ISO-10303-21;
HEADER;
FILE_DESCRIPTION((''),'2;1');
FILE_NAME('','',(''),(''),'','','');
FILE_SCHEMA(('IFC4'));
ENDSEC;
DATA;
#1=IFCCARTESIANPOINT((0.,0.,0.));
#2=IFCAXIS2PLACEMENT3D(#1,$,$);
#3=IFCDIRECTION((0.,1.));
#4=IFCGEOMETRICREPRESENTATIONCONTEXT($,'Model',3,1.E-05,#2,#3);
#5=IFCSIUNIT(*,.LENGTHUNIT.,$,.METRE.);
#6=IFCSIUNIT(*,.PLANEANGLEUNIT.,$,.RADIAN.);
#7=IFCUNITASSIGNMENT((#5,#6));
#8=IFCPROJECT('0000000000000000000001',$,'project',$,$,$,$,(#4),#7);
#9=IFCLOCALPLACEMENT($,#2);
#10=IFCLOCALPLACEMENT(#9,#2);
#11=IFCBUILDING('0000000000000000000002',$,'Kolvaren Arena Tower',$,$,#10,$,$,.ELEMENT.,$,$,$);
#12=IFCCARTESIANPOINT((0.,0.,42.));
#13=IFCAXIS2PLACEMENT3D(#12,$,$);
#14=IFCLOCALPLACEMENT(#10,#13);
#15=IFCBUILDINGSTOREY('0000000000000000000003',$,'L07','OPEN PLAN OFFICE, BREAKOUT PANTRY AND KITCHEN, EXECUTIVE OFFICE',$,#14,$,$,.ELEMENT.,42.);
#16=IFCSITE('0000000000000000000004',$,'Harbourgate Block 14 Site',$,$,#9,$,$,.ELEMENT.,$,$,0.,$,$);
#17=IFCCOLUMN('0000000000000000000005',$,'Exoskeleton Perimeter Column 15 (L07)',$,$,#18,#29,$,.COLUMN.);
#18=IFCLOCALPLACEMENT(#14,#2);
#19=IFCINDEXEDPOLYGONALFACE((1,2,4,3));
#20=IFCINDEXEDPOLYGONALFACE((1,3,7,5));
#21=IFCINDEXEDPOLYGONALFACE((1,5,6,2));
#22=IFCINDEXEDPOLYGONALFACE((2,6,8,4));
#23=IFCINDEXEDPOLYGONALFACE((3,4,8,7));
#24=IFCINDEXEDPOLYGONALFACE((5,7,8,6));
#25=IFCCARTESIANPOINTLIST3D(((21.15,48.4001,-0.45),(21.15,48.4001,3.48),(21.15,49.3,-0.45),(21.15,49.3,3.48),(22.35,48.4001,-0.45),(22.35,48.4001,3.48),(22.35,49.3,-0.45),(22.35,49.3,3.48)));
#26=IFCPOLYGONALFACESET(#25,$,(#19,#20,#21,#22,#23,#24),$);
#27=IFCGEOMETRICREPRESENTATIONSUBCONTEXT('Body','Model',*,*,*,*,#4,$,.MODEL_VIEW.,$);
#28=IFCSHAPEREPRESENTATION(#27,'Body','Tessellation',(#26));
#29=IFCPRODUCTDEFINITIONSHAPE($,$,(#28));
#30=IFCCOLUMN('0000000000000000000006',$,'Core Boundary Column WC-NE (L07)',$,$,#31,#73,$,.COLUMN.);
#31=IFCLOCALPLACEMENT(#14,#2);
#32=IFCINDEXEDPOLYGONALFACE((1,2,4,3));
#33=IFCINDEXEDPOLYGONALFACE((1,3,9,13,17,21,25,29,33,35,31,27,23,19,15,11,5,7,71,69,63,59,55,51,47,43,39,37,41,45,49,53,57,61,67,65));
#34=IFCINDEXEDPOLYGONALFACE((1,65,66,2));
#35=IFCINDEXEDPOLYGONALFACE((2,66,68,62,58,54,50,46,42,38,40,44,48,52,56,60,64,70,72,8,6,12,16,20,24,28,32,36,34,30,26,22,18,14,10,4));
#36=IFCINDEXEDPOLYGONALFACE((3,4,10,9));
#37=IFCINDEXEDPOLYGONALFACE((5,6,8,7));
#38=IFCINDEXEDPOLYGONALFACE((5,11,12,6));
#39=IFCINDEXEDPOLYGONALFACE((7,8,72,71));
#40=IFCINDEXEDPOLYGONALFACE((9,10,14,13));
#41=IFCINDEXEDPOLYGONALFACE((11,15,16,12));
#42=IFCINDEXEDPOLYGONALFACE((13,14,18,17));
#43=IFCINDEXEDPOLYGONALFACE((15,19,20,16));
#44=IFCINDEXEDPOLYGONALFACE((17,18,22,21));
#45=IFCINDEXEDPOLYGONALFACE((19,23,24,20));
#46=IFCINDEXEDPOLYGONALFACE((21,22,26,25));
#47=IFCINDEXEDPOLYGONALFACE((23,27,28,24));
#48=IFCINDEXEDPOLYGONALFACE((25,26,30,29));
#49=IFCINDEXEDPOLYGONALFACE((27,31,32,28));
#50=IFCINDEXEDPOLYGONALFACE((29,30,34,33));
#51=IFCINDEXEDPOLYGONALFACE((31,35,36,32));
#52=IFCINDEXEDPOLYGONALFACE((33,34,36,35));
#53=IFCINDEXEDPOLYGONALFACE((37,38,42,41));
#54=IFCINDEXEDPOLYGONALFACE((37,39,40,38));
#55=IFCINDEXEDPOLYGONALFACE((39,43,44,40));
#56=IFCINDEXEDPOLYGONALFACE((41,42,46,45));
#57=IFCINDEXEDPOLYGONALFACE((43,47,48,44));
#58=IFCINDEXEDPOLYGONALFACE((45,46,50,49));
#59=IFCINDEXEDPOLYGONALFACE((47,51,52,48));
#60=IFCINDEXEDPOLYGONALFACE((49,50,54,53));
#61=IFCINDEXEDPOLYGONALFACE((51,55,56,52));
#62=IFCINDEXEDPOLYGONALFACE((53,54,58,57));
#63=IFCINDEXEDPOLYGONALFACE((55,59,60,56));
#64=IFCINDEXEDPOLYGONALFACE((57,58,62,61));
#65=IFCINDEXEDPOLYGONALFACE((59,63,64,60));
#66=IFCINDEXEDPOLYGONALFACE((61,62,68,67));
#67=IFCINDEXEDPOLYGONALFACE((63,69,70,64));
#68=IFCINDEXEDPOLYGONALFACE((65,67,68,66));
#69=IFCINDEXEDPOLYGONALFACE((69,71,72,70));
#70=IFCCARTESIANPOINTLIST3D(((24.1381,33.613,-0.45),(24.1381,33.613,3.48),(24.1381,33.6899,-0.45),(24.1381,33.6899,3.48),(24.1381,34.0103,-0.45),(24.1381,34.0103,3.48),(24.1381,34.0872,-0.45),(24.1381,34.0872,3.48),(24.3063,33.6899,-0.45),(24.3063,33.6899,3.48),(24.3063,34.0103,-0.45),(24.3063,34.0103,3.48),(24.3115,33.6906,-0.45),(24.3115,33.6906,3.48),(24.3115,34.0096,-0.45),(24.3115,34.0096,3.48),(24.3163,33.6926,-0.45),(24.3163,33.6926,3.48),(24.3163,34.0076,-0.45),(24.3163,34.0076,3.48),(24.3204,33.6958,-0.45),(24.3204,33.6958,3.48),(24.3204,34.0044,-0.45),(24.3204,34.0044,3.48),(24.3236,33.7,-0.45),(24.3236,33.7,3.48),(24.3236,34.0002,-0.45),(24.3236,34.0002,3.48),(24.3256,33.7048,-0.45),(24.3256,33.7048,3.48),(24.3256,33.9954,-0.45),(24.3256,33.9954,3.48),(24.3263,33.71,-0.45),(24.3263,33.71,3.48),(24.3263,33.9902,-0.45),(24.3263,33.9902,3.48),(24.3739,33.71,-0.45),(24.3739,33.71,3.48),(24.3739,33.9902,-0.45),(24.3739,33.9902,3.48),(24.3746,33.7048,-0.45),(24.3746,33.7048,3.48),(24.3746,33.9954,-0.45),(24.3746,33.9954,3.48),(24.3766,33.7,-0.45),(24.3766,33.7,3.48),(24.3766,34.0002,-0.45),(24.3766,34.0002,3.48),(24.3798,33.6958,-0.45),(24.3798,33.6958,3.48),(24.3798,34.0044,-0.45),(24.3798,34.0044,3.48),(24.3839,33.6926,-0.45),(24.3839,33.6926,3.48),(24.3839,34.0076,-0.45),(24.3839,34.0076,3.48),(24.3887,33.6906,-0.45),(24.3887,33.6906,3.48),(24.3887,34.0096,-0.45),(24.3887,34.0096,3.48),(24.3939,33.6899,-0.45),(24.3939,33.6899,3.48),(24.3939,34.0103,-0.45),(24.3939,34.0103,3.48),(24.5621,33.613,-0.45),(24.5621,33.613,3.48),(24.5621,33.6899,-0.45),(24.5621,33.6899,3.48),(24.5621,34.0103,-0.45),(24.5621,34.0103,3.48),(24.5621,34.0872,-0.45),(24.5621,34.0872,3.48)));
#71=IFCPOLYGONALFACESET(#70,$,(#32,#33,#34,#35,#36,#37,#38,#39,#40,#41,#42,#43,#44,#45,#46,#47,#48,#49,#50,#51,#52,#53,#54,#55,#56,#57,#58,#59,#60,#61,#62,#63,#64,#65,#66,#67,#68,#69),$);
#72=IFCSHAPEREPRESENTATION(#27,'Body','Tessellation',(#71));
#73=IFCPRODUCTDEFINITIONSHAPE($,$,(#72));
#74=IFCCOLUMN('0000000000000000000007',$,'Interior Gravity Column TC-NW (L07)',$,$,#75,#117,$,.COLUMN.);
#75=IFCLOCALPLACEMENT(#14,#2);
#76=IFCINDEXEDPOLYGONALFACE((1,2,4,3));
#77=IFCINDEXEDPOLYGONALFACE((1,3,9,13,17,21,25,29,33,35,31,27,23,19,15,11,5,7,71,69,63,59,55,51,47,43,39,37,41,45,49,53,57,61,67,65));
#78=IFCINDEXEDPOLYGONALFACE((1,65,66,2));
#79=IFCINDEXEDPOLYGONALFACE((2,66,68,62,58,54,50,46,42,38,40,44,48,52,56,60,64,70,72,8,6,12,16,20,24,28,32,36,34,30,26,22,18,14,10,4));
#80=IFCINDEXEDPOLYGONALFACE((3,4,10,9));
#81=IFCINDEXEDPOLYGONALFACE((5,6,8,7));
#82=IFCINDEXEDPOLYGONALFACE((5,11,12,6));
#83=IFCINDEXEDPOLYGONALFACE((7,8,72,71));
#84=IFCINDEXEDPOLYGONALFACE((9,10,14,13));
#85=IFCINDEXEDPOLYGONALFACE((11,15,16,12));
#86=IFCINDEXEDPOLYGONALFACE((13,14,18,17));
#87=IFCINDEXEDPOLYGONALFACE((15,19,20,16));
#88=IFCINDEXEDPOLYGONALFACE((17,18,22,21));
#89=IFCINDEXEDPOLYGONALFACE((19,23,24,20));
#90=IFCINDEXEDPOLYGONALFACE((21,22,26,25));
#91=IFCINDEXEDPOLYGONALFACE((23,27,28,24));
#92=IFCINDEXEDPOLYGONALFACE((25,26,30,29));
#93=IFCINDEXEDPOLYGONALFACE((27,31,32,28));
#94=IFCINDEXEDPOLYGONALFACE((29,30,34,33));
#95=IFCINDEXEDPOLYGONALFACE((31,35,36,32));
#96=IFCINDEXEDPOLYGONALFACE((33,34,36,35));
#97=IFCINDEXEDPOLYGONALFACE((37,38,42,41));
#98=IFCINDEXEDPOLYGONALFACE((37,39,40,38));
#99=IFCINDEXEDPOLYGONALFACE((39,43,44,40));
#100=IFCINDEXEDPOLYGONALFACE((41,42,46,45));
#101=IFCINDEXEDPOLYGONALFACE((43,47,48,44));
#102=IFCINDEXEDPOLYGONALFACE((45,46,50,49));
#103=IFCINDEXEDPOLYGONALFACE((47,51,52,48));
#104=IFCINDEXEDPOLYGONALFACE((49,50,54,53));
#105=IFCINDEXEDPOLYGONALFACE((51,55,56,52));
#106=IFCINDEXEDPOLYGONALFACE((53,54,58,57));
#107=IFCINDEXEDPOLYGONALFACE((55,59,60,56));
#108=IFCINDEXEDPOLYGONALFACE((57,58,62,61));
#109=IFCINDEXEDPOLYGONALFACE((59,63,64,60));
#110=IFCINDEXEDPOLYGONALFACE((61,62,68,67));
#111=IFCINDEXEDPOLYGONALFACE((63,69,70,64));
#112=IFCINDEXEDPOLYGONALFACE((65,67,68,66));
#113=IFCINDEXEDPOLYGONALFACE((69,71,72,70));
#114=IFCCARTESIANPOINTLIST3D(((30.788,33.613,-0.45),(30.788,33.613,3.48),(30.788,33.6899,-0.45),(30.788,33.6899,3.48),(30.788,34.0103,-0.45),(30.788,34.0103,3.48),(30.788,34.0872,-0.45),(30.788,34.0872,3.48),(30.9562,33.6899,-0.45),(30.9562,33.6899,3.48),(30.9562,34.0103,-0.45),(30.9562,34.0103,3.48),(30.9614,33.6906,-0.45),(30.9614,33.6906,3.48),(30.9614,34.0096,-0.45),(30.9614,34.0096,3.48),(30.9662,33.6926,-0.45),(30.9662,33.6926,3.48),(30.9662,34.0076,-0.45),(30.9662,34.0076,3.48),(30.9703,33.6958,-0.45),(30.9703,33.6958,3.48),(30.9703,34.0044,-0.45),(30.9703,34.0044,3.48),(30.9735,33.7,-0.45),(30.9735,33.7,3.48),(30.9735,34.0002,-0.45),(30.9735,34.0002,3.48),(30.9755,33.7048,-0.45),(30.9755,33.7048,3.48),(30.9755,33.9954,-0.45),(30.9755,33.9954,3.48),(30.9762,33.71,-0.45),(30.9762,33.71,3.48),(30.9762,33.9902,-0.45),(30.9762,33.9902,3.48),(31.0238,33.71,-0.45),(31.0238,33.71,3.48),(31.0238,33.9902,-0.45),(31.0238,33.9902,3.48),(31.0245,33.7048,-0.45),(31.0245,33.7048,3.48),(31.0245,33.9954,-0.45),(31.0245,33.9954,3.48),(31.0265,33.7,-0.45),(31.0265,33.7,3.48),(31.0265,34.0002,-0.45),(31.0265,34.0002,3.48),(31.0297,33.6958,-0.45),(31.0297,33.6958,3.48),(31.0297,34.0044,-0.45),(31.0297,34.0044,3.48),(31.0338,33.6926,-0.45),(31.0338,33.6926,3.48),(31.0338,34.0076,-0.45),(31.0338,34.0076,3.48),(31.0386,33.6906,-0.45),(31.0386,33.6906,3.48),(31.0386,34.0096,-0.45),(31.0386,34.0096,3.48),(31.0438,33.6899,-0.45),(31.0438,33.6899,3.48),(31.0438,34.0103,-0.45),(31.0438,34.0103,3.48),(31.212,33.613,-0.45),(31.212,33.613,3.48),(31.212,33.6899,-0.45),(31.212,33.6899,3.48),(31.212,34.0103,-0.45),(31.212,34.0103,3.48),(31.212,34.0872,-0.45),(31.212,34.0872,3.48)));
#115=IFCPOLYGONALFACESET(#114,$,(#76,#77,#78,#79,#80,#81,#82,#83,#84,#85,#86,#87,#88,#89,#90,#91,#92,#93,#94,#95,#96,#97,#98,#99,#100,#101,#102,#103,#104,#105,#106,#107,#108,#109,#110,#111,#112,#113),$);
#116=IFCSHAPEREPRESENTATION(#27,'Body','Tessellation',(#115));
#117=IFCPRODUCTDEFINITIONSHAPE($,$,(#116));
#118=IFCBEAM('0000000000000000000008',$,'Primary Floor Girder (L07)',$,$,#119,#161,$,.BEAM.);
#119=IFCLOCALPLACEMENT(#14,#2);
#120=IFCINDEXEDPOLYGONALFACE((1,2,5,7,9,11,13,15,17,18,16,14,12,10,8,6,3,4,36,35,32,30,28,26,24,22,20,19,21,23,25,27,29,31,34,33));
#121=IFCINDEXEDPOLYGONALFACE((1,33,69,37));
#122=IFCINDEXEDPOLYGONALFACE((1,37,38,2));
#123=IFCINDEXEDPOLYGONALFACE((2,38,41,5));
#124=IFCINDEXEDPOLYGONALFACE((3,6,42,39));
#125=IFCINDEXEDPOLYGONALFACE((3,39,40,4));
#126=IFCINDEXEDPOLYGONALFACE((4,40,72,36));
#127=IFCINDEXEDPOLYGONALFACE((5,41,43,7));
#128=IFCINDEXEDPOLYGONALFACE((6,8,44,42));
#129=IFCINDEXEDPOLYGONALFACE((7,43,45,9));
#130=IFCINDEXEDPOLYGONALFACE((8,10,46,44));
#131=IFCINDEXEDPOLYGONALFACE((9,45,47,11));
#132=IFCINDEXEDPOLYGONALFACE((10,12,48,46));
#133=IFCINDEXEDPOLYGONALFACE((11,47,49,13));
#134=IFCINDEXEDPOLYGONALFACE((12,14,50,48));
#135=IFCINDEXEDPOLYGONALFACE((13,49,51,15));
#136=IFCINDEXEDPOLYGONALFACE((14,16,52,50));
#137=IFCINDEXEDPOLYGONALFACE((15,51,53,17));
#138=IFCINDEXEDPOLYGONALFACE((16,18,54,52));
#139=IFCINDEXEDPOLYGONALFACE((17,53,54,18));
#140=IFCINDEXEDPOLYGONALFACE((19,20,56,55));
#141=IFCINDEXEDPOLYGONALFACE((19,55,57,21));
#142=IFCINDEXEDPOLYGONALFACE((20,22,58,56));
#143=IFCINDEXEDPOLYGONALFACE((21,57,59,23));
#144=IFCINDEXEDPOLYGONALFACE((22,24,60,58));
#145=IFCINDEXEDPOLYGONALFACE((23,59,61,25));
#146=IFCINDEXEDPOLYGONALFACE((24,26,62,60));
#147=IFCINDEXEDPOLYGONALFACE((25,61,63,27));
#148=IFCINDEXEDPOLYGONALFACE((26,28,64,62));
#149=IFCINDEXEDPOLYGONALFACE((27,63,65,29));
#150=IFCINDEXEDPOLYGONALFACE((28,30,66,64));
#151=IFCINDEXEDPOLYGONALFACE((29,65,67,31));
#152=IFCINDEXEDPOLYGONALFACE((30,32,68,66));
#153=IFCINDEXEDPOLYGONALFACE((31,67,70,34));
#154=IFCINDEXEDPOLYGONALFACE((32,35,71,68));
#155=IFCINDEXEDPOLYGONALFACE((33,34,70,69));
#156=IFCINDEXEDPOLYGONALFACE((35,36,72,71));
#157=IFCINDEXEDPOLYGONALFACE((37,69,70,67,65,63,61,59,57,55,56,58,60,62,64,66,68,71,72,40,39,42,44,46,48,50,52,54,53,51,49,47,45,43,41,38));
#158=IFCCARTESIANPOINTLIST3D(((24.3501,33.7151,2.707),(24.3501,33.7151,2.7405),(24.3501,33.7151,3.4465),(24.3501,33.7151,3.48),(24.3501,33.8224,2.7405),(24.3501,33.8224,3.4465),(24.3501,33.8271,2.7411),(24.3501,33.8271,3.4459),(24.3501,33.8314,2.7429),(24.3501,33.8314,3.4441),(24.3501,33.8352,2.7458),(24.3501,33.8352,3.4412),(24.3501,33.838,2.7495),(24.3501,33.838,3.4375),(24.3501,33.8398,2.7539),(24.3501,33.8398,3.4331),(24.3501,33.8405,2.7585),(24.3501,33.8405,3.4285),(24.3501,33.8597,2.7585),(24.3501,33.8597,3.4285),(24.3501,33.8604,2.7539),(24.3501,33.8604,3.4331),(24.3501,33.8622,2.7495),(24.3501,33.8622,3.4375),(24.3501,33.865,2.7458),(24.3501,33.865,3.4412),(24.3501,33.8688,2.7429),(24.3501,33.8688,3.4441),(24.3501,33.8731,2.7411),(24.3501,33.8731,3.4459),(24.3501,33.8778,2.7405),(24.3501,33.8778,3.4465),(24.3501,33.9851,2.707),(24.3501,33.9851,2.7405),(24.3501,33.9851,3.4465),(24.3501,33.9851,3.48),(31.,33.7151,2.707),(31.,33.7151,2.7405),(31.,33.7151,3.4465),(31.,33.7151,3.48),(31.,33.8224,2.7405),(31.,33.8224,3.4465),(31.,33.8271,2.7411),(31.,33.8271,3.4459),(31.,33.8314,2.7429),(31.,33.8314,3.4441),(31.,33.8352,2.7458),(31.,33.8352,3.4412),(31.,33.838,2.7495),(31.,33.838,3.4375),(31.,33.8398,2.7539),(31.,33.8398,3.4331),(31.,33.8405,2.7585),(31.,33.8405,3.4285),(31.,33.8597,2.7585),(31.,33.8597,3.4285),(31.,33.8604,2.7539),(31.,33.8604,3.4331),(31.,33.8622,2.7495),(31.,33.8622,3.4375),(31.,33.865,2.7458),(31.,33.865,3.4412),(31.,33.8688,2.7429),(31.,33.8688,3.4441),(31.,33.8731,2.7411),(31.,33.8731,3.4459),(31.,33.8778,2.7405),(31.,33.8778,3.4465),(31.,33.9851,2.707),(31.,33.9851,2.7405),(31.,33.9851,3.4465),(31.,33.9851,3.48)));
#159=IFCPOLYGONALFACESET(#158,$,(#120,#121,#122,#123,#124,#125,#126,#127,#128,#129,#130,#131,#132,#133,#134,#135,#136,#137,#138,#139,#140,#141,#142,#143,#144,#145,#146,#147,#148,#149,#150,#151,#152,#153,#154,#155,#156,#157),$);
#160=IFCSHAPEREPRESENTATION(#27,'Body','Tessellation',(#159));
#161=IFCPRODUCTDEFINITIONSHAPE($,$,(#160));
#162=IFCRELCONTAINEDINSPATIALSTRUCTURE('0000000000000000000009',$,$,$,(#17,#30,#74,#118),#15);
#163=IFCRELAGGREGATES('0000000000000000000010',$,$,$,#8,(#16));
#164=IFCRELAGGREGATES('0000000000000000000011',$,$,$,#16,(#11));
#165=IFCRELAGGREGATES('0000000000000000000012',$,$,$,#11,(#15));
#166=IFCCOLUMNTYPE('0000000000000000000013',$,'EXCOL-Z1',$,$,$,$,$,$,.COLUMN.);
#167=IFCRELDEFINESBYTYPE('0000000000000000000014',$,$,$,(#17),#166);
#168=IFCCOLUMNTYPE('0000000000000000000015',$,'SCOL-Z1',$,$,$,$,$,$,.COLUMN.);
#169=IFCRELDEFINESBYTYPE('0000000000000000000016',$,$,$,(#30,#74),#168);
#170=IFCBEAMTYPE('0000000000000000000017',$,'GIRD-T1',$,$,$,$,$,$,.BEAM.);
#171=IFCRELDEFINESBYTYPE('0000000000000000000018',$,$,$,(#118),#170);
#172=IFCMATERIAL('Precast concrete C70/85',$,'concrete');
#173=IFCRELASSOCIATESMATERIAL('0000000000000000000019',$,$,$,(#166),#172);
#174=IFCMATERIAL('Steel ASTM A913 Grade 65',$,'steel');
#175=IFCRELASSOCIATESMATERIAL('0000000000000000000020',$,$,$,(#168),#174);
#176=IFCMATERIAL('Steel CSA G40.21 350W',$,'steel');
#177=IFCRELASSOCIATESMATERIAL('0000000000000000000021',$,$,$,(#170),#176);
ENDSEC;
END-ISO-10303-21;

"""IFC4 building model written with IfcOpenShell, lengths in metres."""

from ifc_helpers import new_model, si_unit, direction, frame, origin, origin_2d, place, context, subcontext, project, spatial, rectangle, i_section, extrude, material, material_profile, profile_set, type_object, element, save


model = new_model("IFC4")

# Units and contexts
model_context = context("Model", 3, precision=1e-05, world=origin(), true_north=direction((0.0, 1.0)))
body_context = subcontext(model_context, "Body", "Model", "MODEL_VIEW")
ifc_project = project(units=[si_unit("LENGTHUNIT", "METRE"), si_unit("PLANEANGLEUNIT", "RADIAN")], contexts=[model_context])

# Site, building, storey
site_placement = place(None, origin())
site = spatial("IfcSite", under=ifc_project, at=site_placement, Name="Harbourgate Block 14 Site", CompositionType="ELEMENT", RefElevation=0.0)
building_placement = place(site_placement, origin())
building = spatial("IfcBuilding", under=site, at=building_placement, Name="Kolvaren Arena Tower", CompositionType="ELEMENT")
storey_placement = place(building_placement, frame((0.0, 0.0, 42.0)))
storey = spatial("IfcBuildingStorey", under=building, at=storey_placement, Name="L07", Description="OPEN PLAN OFFICE, BREAKOUT PANTRY AND KITCHEN, EXECUTIVE OFFICE", CompositionType="ELEMENT", Elevation=42.0)

# Columns
ifc_material_1 = material(Name="Precast concrete C70/85", Category="concrete")
ifc_material_profile_1 = material_profile(ifc_material_1, rectangle(XDim=1.2, YDim=0.8999, at=origin_2d()), Name="RC-1200x900")
ifc_profile_set_1 = profile_set([ifc_material_profile_1], Name="Precast concrete C70/85")
column_type_1 = type_object("IfcColumnType", Name="EXCOL-Z1", PredefinedType="COLUMN", material=ifc_profile_set_1)
column_placement = place(storey_placement, frame((21.75, 48.8501, -0.45), z_axis=(0.0, 0.0, 1.0), x_axis=(1.0, 0.0, 0.0)))
element("IfcColumn", 1, at=column_placement, inside=storey, type_object=column_type_1, Name="Exoskeleton Perimeter Column 15 (L07)", PredefinedType="COLUMN", context=body_context, shape_type="SweptSolid", body=[
    extrude(rectangle(XDim=1.2, YDim=0.8999, at=origin_2d()), origin(), (0.0, 0.0, 1.0), 3.9299),
])
ifc_material_2 = material(Name="Steel ASTM A913 Grade 65", Category="steel")
ifc_material_profile_2 = material_profile(ifc_material_2, i_section(OverallWidth=0.4241, OverallDepth=0.4741, WebThickness=0.0476, FlangeThickness=0.0769, FilletRadius=0.02, at=origin_2d()), Name="W360x634")
ifc_profile_set_2 = profile_set([ifc_material_profile_2], Name="Steel ASTM A913 Grade 65")
column_type_2 = type_object("IfcColumnType", Name="SCOL-Z1", PredefinedType="COLUMN", material=ifc_profile_set_2)
for number, where, z_axis, x_axis, name in (
    (2, (24.3501, 33.8501, -0.45), (0.0, 0.0, 1.0), (1.0, 0.0, 0.0), "Core Boundary Column WC-NE (L07)"),
    (3, (31.0, 33.8501, -0.45), (0.0, 0.0, 1.0), (1.0, 0.0, 0.0), "Interior Gravity Column TC-NW (L07)"),
):
    element("IfcColumn", number, at=place(storey_placement, frame(where, z_axis=z_axis, x_axis=x_axis)), inside=storey, type_object=column_type_2, Name=name, PredefinedType="COLUMN", context=body_context, shape_type="SweptSolid", body=[
        extrude(i_section(OverallWidth=0.4241, OverallDepth=0.4741, WebThickness=0.0476, FlangeThickness=0.0769, FilletRadius=0.02, at=origin_2d()), origin(), (0.0, 0.0, 1.0), 3.9299),
    ])

# Beam
ifc_material_3 = material(Name="Steel CSA G40.21 350W", Category="steel")
ifc_material_profile_3 = material_profile(ifc_material_3, i_section(OverallWidth=0.27, OverallDepth=0.7729, WebThickness=0.0193, FlangeThickness=0.0334, FilletRadius=0.0181, at=origin_2d()), Name="W760x257")
ifc_profile_set_3 = profile_set([ifc_material_profile_3], Name="Steel CSA G40.21 350W")
beam_type_1 = type_object("IfcBeamType", Name="GIRD-T1", PredefinedType="BEAM", material=ifc_profile_set_3)
beam_1_placement = place(storey_placement, frame((24.3501, 33.8501, 3.0935), z_axis=(1.0, 0.0, 0.0), x_axis=(0.0, 1.0, 0.0)))
element("IfcBeam", 4, at=beam_1_placement, inside=storey, type_object=beam_type_1, Name="Primary Floor Girder (L07)", PredefinedType="BEAM", context=body_context, shape_type="SweptSolid", body=[
    extrude(i_section(OverallWidth=0.27, OverallDepth=0.7729, WebThickness=0.0193, FlangeThickness=0.0334, FilletRadius=0.0181, at=origin_2d()), origin(), (0.0, 0.0, 1.0), 6.6499),
])

save(model, "model.ifc")
